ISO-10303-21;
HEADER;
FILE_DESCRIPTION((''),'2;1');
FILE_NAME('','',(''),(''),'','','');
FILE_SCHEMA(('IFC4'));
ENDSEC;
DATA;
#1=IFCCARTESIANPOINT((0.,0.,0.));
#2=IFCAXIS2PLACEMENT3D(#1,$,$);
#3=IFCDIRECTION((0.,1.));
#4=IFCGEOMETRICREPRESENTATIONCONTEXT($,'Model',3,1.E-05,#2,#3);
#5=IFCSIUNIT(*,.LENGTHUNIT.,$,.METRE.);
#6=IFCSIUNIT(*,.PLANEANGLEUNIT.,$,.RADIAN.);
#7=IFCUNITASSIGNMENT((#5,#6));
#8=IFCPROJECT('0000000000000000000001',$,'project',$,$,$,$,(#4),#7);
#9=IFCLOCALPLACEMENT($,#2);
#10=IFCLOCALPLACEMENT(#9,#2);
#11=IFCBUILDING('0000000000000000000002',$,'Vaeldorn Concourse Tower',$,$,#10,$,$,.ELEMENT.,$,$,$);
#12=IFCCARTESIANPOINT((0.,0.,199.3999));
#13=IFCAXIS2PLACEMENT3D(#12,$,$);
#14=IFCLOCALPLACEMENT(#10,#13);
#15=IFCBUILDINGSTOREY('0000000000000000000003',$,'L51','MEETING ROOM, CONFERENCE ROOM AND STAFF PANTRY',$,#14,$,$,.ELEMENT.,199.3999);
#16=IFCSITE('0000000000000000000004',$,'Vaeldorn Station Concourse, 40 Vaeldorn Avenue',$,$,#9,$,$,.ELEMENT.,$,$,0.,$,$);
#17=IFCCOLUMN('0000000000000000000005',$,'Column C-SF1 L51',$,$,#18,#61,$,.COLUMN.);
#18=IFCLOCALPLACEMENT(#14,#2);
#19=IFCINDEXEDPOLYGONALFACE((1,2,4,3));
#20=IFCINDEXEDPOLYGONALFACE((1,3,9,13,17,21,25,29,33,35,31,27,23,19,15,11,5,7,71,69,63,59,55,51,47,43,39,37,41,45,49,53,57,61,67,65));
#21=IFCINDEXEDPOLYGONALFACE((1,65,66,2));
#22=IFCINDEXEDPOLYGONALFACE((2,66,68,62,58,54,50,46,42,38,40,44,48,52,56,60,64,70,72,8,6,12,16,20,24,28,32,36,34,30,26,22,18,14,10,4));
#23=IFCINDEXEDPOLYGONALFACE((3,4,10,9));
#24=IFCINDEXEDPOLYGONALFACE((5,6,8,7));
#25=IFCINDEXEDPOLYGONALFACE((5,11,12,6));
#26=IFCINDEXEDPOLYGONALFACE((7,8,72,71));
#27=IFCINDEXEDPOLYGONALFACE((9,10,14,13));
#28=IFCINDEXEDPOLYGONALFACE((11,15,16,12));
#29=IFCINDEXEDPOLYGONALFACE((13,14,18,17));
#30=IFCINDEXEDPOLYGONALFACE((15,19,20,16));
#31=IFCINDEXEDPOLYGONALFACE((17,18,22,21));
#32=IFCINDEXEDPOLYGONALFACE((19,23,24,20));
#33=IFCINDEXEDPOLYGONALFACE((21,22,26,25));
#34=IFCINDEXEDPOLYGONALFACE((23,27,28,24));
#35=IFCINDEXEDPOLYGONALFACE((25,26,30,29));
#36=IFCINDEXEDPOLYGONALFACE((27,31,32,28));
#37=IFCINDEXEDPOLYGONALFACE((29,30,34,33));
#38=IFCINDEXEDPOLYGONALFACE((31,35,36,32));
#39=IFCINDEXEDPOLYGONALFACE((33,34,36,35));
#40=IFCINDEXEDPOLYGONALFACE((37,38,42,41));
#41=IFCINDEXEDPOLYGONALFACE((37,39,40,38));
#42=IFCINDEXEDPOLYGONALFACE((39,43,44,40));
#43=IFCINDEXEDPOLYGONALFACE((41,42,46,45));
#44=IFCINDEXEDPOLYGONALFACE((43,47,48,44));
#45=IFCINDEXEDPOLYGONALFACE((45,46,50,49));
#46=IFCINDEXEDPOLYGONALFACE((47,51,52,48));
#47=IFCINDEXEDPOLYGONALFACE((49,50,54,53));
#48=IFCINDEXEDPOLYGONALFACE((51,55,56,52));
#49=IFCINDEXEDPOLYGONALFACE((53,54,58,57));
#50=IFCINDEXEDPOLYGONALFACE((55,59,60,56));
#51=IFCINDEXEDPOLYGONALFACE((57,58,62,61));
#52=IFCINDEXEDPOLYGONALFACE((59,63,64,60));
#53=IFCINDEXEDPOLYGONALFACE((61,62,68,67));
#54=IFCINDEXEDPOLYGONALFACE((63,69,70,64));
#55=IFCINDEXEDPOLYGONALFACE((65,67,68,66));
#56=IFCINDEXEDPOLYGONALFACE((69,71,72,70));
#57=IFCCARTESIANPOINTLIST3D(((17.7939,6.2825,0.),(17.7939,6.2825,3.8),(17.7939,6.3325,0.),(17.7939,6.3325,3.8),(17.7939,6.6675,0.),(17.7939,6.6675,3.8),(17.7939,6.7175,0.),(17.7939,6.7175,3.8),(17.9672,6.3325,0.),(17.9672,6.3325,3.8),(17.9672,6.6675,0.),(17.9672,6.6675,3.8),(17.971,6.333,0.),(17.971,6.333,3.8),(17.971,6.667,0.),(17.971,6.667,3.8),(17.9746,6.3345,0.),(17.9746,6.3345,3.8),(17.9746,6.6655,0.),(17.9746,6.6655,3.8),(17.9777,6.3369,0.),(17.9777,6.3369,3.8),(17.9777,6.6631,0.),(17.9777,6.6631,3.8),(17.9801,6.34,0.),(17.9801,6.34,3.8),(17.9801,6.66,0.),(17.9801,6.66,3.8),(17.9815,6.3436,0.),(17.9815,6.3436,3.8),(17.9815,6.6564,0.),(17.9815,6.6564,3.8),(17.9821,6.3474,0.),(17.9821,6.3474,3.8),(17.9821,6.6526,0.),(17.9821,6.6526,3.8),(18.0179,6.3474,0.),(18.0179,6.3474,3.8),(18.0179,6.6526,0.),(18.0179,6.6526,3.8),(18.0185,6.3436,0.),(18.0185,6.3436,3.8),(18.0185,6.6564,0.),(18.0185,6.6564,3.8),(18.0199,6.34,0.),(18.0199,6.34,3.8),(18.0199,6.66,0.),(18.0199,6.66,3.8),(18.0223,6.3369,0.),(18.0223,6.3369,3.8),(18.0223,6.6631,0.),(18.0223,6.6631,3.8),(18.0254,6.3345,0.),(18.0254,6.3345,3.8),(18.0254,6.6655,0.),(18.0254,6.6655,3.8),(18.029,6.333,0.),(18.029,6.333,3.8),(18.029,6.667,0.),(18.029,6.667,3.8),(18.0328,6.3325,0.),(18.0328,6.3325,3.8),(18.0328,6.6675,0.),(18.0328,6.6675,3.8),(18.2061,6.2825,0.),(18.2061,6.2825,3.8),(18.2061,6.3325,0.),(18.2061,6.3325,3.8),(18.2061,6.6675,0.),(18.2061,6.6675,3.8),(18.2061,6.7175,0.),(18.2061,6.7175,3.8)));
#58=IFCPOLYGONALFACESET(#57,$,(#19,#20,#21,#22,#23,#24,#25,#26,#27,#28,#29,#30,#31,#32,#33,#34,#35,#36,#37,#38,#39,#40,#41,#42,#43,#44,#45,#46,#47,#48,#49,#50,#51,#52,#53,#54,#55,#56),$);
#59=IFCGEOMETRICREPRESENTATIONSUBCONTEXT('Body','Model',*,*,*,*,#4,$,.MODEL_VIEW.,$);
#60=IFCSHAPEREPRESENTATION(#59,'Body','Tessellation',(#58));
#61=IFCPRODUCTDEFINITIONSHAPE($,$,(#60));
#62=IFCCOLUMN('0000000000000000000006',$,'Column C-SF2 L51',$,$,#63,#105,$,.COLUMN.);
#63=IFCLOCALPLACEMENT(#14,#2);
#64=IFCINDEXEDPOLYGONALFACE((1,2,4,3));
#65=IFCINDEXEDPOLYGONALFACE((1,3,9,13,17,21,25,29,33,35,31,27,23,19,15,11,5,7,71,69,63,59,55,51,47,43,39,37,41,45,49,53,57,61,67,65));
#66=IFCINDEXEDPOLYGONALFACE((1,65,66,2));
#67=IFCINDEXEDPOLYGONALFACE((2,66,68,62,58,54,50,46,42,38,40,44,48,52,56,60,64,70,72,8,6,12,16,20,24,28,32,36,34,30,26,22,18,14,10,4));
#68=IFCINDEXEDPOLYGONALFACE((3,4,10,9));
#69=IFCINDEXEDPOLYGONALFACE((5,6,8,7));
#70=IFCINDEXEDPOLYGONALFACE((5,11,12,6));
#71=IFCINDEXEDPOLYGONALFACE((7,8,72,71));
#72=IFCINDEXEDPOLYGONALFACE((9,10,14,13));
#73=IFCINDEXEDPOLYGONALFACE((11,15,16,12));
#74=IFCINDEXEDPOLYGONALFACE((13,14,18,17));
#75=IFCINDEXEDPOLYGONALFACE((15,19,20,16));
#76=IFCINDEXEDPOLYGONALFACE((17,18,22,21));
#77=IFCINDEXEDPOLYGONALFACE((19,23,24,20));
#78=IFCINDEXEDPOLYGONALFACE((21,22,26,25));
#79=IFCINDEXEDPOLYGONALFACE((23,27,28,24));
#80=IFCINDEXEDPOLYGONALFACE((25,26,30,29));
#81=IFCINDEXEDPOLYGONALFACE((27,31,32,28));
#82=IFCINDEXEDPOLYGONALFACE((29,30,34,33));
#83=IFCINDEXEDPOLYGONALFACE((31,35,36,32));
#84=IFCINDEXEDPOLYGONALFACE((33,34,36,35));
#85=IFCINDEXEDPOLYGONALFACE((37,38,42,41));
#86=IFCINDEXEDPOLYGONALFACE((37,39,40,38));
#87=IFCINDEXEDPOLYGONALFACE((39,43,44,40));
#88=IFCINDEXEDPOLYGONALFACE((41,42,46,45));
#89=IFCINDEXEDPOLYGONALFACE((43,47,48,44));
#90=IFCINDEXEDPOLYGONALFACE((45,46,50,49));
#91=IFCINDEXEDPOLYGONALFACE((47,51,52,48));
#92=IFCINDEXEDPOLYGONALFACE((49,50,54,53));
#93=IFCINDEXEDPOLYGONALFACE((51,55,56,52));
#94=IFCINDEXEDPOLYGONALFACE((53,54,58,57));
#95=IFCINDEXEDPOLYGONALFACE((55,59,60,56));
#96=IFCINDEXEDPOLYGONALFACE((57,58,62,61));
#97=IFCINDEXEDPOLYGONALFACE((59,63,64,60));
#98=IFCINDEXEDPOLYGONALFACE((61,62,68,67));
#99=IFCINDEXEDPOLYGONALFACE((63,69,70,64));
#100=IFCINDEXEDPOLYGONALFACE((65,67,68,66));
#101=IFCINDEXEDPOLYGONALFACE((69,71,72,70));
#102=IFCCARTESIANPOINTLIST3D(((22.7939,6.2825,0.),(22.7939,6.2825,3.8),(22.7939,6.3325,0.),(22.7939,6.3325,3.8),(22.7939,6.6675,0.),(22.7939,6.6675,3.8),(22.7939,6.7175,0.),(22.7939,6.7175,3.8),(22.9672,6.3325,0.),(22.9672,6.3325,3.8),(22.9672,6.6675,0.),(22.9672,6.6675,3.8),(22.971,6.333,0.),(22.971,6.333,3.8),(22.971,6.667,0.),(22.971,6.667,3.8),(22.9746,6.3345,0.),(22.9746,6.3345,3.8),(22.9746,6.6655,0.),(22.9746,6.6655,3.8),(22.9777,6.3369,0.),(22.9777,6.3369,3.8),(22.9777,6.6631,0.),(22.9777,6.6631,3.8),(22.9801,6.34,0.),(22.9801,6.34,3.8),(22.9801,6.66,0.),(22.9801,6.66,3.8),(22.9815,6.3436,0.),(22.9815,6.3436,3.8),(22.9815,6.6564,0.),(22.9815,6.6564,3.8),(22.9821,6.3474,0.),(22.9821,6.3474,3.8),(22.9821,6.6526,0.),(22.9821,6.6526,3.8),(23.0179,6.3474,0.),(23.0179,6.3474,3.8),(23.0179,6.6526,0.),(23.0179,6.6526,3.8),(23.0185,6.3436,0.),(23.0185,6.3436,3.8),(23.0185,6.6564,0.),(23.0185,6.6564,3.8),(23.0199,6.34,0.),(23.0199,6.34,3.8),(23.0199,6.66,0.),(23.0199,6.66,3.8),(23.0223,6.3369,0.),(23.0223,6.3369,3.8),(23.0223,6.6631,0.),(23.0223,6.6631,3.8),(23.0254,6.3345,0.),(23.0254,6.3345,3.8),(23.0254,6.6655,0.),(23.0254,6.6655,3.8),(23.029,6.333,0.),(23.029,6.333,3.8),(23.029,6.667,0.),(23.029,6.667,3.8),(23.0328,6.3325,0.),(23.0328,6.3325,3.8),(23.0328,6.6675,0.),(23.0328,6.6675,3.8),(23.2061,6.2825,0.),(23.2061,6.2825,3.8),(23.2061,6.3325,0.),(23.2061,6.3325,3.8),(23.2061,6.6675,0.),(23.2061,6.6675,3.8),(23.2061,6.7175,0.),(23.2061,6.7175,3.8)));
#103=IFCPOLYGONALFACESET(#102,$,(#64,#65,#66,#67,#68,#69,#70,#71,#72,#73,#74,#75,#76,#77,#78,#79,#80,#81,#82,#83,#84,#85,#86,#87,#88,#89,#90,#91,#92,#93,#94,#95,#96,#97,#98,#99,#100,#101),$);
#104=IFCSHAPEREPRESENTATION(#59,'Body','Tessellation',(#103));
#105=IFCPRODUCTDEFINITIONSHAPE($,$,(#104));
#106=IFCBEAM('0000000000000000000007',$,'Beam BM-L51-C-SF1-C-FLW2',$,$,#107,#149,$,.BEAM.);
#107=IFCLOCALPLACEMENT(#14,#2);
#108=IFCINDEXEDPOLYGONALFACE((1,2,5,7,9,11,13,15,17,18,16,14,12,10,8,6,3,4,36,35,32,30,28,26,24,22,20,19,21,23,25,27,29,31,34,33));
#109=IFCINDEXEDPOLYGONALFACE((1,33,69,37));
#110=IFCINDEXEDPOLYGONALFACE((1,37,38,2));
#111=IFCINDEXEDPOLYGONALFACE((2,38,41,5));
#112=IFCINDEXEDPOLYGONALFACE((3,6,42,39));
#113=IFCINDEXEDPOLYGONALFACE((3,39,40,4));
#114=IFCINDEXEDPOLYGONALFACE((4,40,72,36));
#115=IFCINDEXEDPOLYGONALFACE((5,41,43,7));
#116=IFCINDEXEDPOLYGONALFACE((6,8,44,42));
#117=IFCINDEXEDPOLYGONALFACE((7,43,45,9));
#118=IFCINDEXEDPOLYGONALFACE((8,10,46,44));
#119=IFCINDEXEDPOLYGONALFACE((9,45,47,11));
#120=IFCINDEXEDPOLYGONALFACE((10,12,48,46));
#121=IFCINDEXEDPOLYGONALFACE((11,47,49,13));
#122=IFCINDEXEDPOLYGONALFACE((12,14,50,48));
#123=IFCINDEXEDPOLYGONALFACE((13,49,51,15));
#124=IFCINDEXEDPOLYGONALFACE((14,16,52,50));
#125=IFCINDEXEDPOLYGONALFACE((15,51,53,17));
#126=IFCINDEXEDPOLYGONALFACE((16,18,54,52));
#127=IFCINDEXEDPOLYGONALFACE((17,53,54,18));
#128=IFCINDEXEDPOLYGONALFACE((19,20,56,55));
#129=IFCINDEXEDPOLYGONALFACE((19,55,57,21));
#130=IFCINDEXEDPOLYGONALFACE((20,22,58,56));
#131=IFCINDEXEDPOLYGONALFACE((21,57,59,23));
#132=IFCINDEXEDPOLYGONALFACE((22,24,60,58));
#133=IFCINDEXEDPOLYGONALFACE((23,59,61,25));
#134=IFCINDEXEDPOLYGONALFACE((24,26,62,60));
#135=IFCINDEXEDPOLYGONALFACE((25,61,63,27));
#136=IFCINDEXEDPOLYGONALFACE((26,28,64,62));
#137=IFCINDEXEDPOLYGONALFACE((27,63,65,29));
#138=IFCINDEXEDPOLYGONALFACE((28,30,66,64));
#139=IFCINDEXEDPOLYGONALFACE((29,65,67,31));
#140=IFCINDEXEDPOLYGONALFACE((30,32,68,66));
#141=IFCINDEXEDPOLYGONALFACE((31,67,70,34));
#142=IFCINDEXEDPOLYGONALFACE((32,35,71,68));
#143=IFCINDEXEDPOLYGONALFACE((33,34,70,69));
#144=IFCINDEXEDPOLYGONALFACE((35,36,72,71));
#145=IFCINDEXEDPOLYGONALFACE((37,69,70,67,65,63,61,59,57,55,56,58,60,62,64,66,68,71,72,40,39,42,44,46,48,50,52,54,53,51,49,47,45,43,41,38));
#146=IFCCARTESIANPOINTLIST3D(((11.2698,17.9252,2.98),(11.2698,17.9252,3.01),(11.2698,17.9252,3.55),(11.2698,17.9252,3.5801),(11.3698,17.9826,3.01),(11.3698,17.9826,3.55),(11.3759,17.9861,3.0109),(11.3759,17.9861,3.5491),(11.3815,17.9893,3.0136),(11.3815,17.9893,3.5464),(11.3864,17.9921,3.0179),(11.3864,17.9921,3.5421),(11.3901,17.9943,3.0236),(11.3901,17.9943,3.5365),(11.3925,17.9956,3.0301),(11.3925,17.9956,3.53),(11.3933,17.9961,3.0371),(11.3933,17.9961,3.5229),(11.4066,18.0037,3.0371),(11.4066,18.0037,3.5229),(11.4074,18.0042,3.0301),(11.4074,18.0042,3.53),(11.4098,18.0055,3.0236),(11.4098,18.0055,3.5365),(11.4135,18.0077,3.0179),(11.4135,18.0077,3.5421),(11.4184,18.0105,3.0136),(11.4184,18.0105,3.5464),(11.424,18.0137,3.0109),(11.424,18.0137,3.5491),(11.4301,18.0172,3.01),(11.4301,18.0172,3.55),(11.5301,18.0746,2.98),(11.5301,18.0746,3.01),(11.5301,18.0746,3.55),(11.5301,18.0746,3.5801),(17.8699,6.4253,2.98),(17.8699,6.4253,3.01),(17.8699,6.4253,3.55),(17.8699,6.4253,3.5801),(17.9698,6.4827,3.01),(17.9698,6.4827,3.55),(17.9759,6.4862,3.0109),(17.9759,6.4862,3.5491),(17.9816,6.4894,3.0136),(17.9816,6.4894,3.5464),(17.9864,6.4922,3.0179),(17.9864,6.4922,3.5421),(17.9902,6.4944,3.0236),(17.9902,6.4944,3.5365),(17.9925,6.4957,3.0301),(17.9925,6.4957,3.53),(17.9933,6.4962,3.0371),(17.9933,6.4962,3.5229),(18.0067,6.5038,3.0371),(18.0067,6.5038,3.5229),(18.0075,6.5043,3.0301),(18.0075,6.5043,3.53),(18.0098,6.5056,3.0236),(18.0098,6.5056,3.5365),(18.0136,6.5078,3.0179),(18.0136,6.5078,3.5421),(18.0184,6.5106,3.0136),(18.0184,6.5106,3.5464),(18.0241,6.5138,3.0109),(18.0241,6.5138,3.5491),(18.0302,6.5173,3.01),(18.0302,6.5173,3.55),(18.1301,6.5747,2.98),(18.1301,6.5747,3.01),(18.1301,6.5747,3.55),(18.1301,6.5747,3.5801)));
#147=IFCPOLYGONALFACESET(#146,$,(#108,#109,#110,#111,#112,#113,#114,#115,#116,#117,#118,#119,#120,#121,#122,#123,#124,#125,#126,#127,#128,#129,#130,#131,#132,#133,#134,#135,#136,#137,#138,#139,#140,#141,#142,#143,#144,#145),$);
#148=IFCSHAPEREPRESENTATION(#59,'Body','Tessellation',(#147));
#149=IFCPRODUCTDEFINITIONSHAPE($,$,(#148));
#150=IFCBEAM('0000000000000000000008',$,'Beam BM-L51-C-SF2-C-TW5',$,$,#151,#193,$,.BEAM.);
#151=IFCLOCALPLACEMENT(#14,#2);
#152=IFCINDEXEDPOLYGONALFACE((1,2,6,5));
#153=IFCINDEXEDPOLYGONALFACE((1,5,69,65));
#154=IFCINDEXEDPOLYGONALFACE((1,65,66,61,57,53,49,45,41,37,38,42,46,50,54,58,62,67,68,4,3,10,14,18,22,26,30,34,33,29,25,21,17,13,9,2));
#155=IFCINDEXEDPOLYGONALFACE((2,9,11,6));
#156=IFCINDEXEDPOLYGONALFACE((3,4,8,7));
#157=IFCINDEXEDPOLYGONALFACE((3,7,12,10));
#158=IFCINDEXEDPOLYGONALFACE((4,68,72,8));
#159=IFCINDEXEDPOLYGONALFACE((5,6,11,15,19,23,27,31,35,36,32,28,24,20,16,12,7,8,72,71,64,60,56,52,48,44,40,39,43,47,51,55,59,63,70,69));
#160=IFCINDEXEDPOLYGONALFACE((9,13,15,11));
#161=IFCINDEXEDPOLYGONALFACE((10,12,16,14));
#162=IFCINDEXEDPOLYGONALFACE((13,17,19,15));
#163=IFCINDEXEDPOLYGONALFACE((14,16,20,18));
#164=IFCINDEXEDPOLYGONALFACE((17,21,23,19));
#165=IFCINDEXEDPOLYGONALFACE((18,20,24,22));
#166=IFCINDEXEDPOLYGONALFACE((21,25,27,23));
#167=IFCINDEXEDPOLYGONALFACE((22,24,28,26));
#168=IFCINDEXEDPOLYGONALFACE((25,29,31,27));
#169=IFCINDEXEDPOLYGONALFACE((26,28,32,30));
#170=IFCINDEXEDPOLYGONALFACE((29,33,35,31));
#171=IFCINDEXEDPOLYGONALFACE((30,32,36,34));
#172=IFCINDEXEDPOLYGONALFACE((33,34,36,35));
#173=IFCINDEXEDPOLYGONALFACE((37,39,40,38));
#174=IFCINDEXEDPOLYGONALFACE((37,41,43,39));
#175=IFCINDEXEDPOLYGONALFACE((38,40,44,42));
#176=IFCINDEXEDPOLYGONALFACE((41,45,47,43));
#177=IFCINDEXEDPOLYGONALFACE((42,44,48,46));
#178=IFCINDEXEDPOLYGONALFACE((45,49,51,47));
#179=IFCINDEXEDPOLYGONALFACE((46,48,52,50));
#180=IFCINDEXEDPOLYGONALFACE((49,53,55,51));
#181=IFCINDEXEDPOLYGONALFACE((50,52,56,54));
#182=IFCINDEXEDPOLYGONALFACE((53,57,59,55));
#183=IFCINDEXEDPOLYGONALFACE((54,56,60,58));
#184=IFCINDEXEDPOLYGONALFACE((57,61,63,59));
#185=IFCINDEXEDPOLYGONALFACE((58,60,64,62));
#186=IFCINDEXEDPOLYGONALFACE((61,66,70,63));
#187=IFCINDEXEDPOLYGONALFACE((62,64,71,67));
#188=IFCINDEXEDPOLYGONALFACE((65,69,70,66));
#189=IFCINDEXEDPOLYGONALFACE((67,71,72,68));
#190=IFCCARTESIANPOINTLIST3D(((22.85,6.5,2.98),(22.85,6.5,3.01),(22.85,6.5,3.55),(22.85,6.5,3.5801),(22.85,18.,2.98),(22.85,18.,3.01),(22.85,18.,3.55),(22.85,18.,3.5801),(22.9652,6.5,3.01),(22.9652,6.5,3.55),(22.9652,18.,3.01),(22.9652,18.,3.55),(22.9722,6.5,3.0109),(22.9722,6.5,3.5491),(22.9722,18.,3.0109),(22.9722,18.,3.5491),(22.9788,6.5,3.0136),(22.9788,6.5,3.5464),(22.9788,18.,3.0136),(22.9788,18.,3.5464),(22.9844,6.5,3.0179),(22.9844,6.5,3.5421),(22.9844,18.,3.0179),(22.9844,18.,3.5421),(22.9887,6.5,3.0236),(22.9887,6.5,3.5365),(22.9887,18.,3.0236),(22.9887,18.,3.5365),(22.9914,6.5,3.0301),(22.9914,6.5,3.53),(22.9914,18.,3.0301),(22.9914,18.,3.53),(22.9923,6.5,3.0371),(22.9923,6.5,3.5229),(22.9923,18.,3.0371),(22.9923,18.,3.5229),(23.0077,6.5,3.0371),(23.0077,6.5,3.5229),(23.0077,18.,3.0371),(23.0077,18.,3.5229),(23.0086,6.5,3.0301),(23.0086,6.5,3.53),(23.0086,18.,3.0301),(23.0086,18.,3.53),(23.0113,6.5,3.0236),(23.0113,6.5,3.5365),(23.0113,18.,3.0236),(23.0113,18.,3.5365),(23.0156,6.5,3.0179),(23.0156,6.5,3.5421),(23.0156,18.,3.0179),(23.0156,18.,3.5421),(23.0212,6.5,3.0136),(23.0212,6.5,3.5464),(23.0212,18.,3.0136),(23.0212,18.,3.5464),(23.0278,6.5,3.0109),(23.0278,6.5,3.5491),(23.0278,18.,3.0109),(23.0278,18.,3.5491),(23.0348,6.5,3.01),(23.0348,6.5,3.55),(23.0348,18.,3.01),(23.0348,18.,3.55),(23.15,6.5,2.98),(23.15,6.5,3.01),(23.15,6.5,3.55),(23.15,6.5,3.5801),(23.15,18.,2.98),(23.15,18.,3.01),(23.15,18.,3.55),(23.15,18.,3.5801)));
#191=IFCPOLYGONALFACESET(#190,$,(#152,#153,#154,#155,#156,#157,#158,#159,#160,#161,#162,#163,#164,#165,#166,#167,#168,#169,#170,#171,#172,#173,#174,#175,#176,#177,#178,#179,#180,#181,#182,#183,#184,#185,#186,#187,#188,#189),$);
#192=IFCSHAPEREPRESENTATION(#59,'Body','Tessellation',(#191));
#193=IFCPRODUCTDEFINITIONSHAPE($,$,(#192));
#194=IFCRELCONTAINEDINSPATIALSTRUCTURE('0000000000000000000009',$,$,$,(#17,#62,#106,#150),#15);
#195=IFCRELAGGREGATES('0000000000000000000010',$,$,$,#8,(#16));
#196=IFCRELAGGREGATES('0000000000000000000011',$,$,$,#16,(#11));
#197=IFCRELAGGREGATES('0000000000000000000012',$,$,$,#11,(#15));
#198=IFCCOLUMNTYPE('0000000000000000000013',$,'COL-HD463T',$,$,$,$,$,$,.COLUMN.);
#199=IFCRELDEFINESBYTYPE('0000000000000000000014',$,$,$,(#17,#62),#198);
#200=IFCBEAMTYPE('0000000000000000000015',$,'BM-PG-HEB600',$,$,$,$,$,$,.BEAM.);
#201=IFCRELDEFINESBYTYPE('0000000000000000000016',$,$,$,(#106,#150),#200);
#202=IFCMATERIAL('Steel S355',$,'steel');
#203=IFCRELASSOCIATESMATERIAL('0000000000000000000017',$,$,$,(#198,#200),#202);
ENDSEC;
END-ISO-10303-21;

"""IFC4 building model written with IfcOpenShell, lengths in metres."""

from ifc_helpers import new_model, si_unit, direction, frame, origin, origin_2d, place, context, subcontext, project, spatial, i_section, extrude, source, transform, mapped, material, material_profile, profile_set, type_object, element, save


model = new_model("IFC4")

# Units and contexts
model_context = context("Model", 3, precision=1e-05, world=origin(), true_north=direction((0.0, 1.0)))
body_context = subcontext(model_context, "Body", "Model", "MODEL_VIEW")
ifc_project = project(units=[si_unit("LENGTHUNIT", "METRE"), si_unit("PLANEANGLEUNIT", "RADIAN")], contexts=[model_context])

# Site, building, storey
site_placement = place(None, origin())
site = spatial("IfcSite", under=ifc_project, at=site_placement, Name="Vaeldorn Station Concourse, 40 Vaeldorn Avenue", CompositionType="ELEMENT", RefElevation=0.0)
building_placement = place(site_placement, origin())
building = spatial("IfcBuilding", under=site, at=building_placement, Name="Vaeldorn Concourse Tower", CompositionType="ELEMENT")
storey_placement = place(building_placement, frame((0.0, 0.0, 199.3999)))
storey = spatial("IfcBuildingStorey", under=building, at=storey_placement, Name="L51", Description="MEETING ROOM, CONFERENCE ROOM AND STAFF PANTRY", CompositionType="ELEMENT", Elevation=199.3999)

# Columns
ifc_material_1 = material(Name="Steel S355", Category="steel")
ifc_material_profile_1 = material_profile(ifc_material_1, i_section(OverallWidth=0.4121, OverallDepth=0.4351, WebThickness=0.0359, FlangeThickness=0.05, FilletRadius=0.0149, at=origin_2d()), Name="HD 400x463")
ifc_profile_set_1 = profile_set([ifc_material_profile_1], Name="Steel S355")
column_type = type_object("IfcColumnType", Name="COL-HD463T", PredefinedType="COLUMN", material=ifc_profile_set_1)
shared_shape_1 = source(origin(), body_context, "Body", "SweptSolid", [
    extrude(i_section(OverallWidth=0.4121, OverallDepth=0.4351, WebThickness=0.0359, FlangeThickness=0.05, FilletRadius=0.0149, at=origin_2d()), origin(), (0.0, 0.0, 1.0), 3.8),
])
for number, where, z_axis, x_axis, name in (
    (1, (18.0, 6.5, 0.0), (0.0, 0.0, 1.0), (1.0, 0.0, 0.0), "Column C-SF1 L51"),
    (2, (23.0, 6.5, 0.0), (0.0, 0.0, 1.0), (1.0, 0.0, 0.0), "Column C-SF2 L51"),
):
    element("IfcColumn", number, at=place(storey_placement, frame(where, z_axis=z_axis, x_axis=x_axis)), inside=storey, type_object=column_type, Name=name, PredefinedType="COLUMN", context=body_context, shape_type="MappedRepresentation", body=[
        mapped(shared_shape_1, transform((0.0, 0.0, 0.0), scale=1.0)),
    ])

# Beams
ifc_material_profile_2 = material_profile(ifc_material_1, i_section(OverallWidth=0.3, OverallDepth=0.6001, WebThickness=0.0154, FlangeThickness=0.03, FilletRadius=0.0271, at=origin_2d()), Name="HEB 600")
ifc_profile_set_2 = profile_set([ifc_material_profile_2], Name="Steel S355")
beam_type_1 = type_object("IfcBeamType", Name="BM-PG-HEB600", PredefinedType="BEAM", material=ifc_profile_set_2)
shared_shape_2 = source(origin(), body_context, "Body", "SweptSolid", [
    extrude(i_section(OverallWidth=0.3, OverallDepth=0.6001, WebThickness=0.0154, FlangeThickness=0.03, FilletRadius=0.0271, at=origin_2d()), origin(), (0.0, 0.0, 1.0), 13.2593),
])
beam_1_placement = place(storey_placement, frame((18.0, 6.5, 3.28), z_axis=(-0.497768, 0.86731, 0.0), x_axis=(-0.86731, -0.497768, 0.0)))
element("IfcBeam", 3, at=beam_1_placement, inside=storey, type_object=beam_type_1, Name="Beam BM-L51-C-SF1-C-FLW2", PredefinedType="BEAM", context=body_context, shape_type="MappedRepresentation", body=[
    mapped(shared_shape_2, transform((0.0, 0.0, 0.0), scale=1.0)),
])
shared_shape_3 = source(origin(), body_context, "Body", "SweptSolid", [
    extrude(i_section(OverallWidth=0.3, OverallDepth=0.6001, WebThickness=0.0154, FlangeThickness=0.03, FilletRadius=0.0271, at=origin_2d()), origin(), (0.0, 0.0, 1.0), 11.5),
])
beam_2_placement = place(storey_placement, frame((23.0, 6.5, 3.28), z_axis=(0.0, 1.0, 0.0), x_axis=(-1.0, 0.0, 0.0)))
element("IfcBeam", 4, at=beam_2_placement, inside=storey, type_object=beam_type_1, Name="Beam BM-L51-C-SF2-C-TW5", PredefinedType="BEAM", context=body_context, shape_type="MappedRepresentation", body=[
    mapped(shared_shape_3, transform((0.0, 0.0, 0.0), scale=1.0)),
])

save(model, "model.ifc")
